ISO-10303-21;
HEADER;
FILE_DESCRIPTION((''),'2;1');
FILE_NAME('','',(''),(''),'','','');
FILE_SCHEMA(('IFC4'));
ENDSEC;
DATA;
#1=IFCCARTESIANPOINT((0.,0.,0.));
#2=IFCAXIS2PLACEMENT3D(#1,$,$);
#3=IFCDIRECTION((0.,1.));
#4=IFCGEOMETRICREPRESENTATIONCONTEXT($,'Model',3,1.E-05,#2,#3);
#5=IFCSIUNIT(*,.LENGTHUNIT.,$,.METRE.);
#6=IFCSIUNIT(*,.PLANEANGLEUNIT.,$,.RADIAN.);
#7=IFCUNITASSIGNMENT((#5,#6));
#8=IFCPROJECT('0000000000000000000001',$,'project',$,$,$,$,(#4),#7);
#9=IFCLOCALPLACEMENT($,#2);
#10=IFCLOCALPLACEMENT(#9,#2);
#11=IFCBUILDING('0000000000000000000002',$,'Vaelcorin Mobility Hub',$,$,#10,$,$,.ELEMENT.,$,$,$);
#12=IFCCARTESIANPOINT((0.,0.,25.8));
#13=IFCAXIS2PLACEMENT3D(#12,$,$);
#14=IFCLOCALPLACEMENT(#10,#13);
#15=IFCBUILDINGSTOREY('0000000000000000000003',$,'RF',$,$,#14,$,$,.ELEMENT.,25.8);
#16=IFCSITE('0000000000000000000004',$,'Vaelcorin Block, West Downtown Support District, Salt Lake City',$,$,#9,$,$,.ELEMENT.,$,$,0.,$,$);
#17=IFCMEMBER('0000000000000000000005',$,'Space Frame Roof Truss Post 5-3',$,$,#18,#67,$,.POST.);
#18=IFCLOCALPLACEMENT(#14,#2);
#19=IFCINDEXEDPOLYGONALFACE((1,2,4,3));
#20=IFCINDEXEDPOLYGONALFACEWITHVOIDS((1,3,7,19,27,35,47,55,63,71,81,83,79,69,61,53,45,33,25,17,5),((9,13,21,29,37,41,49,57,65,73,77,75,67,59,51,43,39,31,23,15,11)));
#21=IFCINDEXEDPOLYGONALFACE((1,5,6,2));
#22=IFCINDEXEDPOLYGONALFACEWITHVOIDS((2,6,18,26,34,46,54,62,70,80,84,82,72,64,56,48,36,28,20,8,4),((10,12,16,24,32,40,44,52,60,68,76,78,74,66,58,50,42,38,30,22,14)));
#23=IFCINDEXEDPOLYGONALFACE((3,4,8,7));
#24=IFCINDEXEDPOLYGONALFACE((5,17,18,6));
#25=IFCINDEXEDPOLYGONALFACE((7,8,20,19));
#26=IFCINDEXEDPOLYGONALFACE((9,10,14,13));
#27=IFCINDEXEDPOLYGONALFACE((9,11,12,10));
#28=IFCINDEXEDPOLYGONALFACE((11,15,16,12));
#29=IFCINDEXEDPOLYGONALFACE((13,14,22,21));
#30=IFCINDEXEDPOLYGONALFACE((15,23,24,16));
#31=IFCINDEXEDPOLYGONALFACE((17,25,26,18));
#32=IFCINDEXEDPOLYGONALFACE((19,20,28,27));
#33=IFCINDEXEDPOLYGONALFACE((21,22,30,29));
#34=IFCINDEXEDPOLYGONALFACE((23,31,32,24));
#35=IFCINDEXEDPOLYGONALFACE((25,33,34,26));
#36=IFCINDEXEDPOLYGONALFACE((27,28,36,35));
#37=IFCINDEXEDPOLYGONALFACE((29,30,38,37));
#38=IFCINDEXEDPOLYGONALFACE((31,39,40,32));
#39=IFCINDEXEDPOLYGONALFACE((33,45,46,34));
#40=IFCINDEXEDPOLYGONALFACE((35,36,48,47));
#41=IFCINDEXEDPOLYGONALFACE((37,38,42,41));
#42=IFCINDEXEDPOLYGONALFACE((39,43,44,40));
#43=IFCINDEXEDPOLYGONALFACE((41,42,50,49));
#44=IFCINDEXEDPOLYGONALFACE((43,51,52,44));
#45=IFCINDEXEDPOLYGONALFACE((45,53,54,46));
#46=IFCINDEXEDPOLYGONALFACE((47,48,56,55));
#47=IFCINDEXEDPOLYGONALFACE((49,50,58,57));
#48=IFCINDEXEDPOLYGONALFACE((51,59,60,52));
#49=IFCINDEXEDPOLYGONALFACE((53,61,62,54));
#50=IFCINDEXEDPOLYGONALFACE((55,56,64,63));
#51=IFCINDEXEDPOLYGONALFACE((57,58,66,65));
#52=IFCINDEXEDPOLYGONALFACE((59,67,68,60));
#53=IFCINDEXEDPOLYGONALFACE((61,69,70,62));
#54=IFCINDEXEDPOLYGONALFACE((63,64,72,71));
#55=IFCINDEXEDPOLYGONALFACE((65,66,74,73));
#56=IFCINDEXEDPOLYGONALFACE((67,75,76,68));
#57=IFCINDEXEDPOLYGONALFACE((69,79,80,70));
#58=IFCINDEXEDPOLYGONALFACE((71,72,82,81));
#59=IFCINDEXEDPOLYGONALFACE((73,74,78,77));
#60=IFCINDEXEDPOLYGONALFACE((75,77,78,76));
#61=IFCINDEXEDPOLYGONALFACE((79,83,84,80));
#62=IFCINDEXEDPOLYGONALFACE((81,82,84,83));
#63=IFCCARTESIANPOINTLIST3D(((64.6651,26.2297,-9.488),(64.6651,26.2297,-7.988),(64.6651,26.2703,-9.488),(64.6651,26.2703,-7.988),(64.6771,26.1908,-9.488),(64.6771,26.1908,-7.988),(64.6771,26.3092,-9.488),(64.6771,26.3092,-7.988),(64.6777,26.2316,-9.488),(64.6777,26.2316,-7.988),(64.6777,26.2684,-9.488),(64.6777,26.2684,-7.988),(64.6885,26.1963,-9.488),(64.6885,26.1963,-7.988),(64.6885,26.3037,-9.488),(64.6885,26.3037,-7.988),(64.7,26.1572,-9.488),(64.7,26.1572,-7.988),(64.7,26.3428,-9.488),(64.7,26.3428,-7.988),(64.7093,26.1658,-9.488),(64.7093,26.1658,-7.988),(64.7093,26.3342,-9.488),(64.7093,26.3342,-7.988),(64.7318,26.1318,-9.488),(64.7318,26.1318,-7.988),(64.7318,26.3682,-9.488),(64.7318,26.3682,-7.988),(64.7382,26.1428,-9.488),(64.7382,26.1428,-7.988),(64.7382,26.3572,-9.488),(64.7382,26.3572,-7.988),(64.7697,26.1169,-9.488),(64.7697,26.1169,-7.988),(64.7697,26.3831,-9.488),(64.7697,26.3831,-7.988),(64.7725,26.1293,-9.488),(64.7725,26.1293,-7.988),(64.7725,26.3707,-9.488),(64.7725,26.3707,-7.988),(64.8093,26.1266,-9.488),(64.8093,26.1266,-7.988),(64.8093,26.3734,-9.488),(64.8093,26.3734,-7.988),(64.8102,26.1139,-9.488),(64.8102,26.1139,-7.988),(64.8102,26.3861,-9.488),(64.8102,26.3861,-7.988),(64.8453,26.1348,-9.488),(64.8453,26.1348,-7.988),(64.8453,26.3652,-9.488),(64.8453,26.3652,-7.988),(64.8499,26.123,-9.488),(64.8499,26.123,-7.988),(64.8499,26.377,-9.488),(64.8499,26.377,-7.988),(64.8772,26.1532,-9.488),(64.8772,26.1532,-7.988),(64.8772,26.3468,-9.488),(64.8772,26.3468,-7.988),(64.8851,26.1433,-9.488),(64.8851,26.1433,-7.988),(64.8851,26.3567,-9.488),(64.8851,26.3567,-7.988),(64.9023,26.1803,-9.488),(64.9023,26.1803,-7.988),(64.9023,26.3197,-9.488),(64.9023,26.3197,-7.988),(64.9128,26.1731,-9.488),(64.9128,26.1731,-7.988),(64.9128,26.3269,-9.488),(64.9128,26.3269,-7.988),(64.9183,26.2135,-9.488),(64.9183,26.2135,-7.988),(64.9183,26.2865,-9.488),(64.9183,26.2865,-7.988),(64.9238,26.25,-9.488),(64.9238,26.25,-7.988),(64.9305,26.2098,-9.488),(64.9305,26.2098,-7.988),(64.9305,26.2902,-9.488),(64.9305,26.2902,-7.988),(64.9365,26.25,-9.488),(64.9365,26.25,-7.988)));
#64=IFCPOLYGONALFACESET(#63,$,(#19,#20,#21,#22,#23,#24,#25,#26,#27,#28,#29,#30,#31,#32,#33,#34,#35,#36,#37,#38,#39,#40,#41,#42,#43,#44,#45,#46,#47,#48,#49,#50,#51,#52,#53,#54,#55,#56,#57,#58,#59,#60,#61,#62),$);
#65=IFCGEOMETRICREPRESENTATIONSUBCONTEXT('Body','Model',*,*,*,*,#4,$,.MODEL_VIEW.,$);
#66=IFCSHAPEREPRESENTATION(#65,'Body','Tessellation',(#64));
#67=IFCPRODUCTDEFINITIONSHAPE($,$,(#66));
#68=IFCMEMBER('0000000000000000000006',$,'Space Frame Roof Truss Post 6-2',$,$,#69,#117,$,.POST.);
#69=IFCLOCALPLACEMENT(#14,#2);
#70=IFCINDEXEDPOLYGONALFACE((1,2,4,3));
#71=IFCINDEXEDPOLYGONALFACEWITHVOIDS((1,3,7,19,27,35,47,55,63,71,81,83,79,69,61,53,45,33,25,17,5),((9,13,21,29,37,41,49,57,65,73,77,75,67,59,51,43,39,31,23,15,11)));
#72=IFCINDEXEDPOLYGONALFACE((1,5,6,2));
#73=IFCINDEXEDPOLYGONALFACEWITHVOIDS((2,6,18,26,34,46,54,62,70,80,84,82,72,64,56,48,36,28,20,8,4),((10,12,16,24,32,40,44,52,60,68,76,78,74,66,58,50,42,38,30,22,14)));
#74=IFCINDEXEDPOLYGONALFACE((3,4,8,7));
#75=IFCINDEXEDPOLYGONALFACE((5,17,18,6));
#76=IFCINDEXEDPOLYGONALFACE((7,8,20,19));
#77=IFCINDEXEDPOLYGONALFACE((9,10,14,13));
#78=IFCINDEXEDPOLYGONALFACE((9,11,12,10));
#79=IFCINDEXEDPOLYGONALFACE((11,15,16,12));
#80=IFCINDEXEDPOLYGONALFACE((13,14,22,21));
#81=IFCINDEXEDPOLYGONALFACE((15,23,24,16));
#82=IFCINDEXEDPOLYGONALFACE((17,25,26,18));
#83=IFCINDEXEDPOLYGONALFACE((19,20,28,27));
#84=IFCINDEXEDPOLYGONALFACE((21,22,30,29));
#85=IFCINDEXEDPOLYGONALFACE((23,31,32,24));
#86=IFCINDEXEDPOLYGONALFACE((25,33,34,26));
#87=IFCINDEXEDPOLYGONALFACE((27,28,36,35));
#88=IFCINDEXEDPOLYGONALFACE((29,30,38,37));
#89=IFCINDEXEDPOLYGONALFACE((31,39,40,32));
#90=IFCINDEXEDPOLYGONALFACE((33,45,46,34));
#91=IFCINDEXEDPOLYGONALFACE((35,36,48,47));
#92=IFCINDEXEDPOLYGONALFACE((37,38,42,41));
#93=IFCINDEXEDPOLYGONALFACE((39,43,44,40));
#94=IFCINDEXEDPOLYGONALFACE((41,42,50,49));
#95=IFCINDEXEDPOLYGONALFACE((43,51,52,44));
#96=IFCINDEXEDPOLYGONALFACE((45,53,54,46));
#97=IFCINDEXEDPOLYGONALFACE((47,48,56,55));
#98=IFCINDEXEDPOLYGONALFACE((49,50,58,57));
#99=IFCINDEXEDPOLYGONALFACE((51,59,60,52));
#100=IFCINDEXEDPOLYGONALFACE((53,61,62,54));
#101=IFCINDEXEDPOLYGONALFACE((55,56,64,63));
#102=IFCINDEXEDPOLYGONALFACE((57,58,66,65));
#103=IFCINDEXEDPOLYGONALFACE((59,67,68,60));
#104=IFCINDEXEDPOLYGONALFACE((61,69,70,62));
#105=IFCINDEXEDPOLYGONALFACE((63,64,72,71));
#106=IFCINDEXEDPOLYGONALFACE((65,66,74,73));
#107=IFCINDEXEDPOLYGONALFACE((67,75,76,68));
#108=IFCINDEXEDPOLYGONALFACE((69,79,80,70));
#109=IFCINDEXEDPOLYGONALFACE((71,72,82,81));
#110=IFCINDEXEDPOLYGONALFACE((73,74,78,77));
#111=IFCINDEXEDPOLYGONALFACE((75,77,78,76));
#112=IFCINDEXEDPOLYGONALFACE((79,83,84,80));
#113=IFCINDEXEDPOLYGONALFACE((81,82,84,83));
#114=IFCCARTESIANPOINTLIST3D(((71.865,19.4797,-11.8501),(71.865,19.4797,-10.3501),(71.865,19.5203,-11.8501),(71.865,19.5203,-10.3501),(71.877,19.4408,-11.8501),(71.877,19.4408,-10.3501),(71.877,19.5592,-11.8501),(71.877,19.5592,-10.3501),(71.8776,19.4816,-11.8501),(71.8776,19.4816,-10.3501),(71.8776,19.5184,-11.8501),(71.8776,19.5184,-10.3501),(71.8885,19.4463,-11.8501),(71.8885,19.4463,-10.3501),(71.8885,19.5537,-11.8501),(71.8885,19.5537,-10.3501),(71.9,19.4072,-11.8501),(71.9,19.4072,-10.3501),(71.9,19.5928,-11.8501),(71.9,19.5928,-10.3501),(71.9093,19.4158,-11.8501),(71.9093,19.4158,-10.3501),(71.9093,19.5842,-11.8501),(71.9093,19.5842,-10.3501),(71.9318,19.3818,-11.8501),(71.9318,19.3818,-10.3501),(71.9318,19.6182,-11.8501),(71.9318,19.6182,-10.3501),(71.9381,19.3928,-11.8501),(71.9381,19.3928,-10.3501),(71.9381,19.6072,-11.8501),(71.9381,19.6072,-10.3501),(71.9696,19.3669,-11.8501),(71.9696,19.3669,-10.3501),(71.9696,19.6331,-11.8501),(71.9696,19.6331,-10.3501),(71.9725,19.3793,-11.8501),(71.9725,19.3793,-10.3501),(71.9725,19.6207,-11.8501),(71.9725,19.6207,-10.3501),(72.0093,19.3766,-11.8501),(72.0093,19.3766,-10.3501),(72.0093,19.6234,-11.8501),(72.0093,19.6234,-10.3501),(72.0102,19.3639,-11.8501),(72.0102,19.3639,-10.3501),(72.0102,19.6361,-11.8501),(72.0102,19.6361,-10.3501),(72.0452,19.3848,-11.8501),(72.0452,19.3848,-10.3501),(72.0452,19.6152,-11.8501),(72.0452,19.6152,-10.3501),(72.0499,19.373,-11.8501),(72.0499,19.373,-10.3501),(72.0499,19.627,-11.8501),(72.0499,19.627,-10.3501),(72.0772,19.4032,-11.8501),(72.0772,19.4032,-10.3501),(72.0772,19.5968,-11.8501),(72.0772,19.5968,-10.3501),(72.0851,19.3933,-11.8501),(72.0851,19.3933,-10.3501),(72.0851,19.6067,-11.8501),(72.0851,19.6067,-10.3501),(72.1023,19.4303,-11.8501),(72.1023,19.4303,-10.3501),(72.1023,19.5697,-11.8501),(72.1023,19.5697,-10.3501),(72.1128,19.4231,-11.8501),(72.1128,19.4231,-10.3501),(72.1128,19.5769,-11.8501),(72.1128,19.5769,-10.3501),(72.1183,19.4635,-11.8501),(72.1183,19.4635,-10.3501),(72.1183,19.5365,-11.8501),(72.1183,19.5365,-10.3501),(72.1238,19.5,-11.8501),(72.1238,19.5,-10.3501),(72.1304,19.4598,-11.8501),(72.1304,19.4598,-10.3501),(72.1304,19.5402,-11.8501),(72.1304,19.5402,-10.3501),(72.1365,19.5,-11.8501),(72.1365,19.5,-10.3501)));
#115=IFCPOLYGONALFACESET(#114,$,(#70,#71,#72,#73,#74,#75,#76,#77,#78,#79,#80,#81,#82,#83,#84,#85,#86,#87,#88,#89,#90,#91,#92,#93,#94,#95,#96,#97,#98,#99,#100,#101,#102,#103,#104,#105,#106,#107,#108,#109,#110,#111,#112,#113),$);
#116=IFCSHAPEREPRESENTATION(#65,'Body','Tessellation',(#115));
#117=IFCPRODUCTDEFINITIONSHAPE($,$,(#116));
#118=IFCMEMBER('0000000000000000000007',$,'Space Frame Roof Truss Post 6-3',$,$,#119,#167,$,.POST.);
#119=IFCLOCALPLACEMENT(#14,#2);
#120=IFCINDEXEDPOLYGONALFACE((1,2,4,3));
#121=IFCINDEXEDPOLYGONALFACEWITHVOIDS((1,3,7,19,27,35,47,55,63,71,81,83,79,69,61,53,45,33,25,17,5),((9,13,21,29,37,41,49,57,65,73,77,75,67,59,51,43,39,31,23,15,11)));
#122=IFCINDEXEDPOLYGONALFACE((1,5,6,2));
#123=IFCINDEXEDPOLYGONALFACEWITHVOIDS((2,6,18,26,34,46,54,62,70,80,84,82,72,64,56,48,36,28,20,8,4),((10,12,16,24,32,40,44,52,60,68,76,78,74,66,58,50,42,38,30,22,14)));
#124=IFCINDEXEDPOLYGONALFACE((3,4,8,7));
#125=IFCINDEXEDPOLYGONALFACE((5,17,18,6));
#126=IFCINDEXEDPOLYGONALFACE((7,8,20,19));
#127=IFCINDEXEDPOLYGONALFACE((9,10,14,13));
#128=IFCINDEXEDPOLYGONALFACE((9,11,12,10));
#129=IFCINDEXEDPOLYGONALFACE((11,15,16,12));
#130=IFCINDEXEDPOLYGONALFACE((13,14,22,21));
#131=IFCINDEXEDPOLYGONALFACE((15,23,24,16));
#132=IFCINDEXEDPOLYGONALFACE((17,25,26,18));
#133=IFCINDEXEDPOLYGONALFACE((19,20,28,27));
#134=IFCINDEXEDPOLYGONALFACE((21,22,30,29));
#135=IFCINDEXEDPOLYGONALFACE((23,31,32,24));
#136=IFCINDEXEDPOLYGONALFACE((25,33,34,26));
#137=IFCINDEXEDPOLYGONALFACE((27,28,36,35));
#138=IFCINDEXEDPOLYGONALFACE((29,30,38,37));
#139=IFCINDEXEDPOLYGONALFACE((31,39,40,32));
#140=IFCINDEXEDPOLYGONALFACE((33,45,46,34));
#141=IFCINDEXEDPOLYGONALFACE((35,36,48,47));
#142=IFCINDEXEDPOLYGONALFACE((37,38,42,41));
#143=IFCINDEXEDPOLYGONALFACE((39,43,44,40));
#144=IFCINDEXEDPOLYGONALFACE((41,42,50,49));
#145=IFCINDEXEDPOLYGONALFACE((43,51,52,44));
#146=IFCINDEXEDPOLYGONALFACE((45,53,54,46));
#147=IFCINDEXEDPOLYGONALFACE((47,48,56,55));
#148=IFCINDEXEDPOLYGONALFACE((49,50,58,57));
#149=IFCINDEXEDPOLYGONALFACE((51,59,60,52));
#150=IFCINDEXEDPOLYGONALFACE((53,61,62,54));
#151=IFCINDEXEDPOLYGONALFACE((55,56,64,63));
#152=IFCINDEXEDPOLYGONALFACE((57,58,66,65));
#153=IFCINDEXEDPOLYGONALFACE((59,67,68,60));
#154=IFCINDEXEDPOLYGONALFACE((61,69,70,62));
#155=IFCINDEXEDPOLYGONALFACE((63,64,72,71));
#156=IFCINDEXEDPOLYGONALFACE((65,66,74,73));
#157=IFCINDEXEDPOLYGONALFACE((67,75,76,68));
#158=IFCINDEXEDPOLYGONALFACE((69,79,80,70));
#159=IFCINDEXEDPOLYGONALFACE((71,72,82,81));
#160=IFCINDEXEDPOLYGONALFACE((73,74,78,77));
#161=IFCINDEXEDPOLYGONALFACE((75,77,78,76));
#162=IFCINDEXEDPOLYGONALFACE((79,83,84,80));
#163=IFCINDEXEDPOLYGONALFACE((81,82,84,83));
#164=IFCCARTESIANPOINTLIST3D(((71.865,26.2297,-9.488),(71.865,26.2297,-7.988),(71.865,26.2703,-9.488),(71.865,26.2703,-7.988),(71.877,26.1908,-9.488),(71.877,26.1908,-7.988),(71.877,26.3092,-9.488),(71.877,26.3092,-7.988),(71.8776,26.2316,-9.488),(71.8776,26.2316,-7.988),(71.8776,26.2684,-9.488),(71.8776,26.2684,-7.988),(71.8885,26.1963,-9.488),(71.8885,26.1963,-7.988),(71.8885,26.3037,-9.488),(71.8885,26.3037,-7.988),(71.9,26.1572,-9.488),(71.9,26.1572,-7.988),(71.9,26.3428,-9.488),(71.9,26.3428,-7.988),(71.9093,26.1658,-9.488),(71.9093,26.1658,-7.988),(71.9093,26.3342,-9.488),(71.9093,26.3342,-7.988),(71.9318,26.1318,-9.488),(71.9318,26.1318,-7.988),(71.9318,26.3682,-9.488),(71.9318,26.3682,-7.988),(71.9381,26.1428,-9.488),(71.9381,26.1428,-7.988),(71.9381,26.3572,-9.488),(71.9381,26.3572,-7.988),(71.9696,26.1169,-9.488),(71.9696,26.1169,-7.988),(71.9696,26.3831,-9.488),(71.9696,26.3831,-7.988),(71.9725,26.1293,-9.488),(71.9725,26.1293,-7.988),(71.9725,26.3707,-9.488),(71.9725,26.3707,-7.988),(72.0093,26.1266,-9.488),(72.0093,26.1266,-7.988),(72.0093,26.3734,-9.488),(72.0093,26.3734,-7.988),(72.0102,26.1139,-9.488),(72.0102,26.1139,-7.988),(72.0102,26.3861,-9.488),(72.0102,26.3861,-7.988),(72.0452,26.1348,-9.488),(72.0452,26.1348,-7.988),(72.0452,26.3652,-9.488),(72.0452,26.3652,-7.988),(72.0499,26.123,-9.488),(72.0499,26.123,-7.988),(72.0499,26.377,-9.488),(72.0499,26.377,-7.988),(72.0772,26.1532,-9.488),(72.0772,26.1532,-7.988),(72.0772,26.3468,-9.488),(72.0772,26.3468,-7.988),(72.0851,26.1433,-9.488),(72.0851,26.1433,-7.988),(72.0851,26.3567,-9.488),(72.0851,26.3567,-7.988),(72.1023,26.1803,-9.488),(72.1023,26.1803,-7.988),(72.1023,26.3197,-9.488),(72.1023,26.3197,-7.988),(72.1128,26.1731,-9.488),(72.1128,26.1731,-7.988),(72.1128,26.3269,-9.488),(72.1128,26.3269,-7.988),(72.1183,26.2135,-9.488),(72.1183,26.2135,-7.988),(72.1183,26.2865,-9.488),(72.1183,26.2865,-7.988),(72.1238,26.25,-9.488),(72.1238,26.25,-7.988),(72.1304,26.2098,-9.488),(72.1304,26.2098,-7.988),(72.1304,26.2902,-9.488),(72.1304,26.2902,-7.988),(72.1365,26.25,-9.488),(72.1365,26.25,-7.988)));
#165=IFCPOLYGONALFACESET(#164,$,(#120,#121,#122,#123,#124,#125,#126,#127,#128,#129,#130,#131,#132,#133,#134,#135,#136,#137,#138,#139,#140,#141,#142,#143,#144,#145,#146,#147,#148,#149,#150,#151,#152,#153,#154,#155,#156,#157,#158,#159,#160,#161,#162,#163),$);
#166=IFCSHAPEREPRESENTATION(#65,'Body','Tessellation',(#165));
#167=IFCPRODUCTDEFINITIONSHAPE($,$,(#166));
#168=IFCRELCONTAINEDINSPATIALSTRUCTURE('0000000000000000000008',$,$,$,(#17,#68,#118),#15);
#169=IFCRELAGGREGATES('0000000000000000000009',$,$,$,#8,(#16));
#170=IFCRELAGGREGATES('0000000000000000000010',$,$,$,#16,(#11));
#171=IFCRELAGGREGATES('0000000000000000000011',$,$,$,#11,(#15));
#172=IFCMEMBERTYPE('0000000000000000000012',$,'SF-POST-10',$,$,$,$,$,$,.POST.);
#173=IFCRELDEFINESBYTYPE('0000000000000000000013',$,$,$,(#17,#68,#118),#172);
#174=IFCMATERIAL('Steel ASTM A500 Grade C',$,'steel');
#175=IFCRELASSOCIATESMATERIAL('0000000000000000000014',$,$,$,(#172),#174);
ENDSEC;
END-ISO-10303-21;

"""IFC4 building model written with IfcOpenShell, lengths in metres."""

from ifc_helpers import new_model, si_unit, direction, frame, origin, origin_2d, place, context, subcontext, project, spatial, hollow_circle, extrude, material, material_profile, profile_set, type_object, element, save


model = new_model("IFC4")

# Units and contexts
model_context = context("Model", 3, precision=1e-05, world=origin(), true_north=direction((0.0, 1.0)))
body_context = subcontext(model_context, "Body", "Model", "MODEL_VIEW")
ifc_project = project(units=[si_unit("LENGTHUNIT", "METRE"), si_unit("PLANEANGLEUNIT", "RADIAN")], contexts=[model_context])

# Site, building, storey
site_placement = place(None, origin())
site = spatial("IfcSite", under=ifc_project, at=site_placement, Name="Vaelcorin Block, West Downtown Support District, Salt Lake City", CompositionType="ELEMENT", RefElevation=0.0)
building_placement = place(site_placement, origin())
building = spatial("IfcBuilding", under=site, at=building_placement, Name="Vaelcorin Mobility Hub", CompositionType="ELEMENT")
storey_placement = place(building_placement, frame((0.0, 0.0, 25.8)))
storey = spatial("IfcBuildingStorey", under=building, at=storey_placement, Name="RF", CompositionType="ELEMENT", Elevation=25.8)

# Members
ifc_material_1 = material(Name="Steel ASTM A500 Grade C", Category="steel")
ifc_material_profile_1 = material_profile(ifc_material_1, hollow_circle(Radius=0.1365, WallThickness=0.0127, at=origin_2d()), Name="HSS10.750X0.500")
ifc_profile_set_1 = profile_set([ifc_material_profile_1], Name="Steel ASTM A500 Grade C")
member_type_1 = type_object("IfcMemberType", Name="SF-POST-10", PredefinedType="POST", material=ifc_profile_set_1)
for number, where, z_axis, x_axis, name in (
    (1, (64.8, 26.25, -9.488), (0.0, 0.0, 1.0), (1.0, 0.0, 0.0), "Space Frame Roof Truss Post 5-3"),
    (2, (72.0, 19.5, -11.8501), (0.0, 0.0, 1.0), (1.0, 0.0, 0.0), "Space Frame Roof Truss Post 6-2"),
    (3, (72.0, 26.25, -9.488), (0.0, 0.0, 1.0), (1.0, 0.0, 0.0), "Space Frame Roof Truss Post 6-3"),
):
    element("IfcMember", number, at=place(storey_placement, frame(where, z_axis=z_axis, x_axis=x_axis)), inside=storey, type_object=member_type_1, Name=name, PredefinedType="POST", context=body_context, shape_type="SweptSolid", body=[
        extrude(hollow_circle(Radius=0.1365, WallThickness=0.0127, at=origin_2d()), origin(), (0.0, 0.0, 1.0), 1.5),
    ])

save(model, "model.ifc")
